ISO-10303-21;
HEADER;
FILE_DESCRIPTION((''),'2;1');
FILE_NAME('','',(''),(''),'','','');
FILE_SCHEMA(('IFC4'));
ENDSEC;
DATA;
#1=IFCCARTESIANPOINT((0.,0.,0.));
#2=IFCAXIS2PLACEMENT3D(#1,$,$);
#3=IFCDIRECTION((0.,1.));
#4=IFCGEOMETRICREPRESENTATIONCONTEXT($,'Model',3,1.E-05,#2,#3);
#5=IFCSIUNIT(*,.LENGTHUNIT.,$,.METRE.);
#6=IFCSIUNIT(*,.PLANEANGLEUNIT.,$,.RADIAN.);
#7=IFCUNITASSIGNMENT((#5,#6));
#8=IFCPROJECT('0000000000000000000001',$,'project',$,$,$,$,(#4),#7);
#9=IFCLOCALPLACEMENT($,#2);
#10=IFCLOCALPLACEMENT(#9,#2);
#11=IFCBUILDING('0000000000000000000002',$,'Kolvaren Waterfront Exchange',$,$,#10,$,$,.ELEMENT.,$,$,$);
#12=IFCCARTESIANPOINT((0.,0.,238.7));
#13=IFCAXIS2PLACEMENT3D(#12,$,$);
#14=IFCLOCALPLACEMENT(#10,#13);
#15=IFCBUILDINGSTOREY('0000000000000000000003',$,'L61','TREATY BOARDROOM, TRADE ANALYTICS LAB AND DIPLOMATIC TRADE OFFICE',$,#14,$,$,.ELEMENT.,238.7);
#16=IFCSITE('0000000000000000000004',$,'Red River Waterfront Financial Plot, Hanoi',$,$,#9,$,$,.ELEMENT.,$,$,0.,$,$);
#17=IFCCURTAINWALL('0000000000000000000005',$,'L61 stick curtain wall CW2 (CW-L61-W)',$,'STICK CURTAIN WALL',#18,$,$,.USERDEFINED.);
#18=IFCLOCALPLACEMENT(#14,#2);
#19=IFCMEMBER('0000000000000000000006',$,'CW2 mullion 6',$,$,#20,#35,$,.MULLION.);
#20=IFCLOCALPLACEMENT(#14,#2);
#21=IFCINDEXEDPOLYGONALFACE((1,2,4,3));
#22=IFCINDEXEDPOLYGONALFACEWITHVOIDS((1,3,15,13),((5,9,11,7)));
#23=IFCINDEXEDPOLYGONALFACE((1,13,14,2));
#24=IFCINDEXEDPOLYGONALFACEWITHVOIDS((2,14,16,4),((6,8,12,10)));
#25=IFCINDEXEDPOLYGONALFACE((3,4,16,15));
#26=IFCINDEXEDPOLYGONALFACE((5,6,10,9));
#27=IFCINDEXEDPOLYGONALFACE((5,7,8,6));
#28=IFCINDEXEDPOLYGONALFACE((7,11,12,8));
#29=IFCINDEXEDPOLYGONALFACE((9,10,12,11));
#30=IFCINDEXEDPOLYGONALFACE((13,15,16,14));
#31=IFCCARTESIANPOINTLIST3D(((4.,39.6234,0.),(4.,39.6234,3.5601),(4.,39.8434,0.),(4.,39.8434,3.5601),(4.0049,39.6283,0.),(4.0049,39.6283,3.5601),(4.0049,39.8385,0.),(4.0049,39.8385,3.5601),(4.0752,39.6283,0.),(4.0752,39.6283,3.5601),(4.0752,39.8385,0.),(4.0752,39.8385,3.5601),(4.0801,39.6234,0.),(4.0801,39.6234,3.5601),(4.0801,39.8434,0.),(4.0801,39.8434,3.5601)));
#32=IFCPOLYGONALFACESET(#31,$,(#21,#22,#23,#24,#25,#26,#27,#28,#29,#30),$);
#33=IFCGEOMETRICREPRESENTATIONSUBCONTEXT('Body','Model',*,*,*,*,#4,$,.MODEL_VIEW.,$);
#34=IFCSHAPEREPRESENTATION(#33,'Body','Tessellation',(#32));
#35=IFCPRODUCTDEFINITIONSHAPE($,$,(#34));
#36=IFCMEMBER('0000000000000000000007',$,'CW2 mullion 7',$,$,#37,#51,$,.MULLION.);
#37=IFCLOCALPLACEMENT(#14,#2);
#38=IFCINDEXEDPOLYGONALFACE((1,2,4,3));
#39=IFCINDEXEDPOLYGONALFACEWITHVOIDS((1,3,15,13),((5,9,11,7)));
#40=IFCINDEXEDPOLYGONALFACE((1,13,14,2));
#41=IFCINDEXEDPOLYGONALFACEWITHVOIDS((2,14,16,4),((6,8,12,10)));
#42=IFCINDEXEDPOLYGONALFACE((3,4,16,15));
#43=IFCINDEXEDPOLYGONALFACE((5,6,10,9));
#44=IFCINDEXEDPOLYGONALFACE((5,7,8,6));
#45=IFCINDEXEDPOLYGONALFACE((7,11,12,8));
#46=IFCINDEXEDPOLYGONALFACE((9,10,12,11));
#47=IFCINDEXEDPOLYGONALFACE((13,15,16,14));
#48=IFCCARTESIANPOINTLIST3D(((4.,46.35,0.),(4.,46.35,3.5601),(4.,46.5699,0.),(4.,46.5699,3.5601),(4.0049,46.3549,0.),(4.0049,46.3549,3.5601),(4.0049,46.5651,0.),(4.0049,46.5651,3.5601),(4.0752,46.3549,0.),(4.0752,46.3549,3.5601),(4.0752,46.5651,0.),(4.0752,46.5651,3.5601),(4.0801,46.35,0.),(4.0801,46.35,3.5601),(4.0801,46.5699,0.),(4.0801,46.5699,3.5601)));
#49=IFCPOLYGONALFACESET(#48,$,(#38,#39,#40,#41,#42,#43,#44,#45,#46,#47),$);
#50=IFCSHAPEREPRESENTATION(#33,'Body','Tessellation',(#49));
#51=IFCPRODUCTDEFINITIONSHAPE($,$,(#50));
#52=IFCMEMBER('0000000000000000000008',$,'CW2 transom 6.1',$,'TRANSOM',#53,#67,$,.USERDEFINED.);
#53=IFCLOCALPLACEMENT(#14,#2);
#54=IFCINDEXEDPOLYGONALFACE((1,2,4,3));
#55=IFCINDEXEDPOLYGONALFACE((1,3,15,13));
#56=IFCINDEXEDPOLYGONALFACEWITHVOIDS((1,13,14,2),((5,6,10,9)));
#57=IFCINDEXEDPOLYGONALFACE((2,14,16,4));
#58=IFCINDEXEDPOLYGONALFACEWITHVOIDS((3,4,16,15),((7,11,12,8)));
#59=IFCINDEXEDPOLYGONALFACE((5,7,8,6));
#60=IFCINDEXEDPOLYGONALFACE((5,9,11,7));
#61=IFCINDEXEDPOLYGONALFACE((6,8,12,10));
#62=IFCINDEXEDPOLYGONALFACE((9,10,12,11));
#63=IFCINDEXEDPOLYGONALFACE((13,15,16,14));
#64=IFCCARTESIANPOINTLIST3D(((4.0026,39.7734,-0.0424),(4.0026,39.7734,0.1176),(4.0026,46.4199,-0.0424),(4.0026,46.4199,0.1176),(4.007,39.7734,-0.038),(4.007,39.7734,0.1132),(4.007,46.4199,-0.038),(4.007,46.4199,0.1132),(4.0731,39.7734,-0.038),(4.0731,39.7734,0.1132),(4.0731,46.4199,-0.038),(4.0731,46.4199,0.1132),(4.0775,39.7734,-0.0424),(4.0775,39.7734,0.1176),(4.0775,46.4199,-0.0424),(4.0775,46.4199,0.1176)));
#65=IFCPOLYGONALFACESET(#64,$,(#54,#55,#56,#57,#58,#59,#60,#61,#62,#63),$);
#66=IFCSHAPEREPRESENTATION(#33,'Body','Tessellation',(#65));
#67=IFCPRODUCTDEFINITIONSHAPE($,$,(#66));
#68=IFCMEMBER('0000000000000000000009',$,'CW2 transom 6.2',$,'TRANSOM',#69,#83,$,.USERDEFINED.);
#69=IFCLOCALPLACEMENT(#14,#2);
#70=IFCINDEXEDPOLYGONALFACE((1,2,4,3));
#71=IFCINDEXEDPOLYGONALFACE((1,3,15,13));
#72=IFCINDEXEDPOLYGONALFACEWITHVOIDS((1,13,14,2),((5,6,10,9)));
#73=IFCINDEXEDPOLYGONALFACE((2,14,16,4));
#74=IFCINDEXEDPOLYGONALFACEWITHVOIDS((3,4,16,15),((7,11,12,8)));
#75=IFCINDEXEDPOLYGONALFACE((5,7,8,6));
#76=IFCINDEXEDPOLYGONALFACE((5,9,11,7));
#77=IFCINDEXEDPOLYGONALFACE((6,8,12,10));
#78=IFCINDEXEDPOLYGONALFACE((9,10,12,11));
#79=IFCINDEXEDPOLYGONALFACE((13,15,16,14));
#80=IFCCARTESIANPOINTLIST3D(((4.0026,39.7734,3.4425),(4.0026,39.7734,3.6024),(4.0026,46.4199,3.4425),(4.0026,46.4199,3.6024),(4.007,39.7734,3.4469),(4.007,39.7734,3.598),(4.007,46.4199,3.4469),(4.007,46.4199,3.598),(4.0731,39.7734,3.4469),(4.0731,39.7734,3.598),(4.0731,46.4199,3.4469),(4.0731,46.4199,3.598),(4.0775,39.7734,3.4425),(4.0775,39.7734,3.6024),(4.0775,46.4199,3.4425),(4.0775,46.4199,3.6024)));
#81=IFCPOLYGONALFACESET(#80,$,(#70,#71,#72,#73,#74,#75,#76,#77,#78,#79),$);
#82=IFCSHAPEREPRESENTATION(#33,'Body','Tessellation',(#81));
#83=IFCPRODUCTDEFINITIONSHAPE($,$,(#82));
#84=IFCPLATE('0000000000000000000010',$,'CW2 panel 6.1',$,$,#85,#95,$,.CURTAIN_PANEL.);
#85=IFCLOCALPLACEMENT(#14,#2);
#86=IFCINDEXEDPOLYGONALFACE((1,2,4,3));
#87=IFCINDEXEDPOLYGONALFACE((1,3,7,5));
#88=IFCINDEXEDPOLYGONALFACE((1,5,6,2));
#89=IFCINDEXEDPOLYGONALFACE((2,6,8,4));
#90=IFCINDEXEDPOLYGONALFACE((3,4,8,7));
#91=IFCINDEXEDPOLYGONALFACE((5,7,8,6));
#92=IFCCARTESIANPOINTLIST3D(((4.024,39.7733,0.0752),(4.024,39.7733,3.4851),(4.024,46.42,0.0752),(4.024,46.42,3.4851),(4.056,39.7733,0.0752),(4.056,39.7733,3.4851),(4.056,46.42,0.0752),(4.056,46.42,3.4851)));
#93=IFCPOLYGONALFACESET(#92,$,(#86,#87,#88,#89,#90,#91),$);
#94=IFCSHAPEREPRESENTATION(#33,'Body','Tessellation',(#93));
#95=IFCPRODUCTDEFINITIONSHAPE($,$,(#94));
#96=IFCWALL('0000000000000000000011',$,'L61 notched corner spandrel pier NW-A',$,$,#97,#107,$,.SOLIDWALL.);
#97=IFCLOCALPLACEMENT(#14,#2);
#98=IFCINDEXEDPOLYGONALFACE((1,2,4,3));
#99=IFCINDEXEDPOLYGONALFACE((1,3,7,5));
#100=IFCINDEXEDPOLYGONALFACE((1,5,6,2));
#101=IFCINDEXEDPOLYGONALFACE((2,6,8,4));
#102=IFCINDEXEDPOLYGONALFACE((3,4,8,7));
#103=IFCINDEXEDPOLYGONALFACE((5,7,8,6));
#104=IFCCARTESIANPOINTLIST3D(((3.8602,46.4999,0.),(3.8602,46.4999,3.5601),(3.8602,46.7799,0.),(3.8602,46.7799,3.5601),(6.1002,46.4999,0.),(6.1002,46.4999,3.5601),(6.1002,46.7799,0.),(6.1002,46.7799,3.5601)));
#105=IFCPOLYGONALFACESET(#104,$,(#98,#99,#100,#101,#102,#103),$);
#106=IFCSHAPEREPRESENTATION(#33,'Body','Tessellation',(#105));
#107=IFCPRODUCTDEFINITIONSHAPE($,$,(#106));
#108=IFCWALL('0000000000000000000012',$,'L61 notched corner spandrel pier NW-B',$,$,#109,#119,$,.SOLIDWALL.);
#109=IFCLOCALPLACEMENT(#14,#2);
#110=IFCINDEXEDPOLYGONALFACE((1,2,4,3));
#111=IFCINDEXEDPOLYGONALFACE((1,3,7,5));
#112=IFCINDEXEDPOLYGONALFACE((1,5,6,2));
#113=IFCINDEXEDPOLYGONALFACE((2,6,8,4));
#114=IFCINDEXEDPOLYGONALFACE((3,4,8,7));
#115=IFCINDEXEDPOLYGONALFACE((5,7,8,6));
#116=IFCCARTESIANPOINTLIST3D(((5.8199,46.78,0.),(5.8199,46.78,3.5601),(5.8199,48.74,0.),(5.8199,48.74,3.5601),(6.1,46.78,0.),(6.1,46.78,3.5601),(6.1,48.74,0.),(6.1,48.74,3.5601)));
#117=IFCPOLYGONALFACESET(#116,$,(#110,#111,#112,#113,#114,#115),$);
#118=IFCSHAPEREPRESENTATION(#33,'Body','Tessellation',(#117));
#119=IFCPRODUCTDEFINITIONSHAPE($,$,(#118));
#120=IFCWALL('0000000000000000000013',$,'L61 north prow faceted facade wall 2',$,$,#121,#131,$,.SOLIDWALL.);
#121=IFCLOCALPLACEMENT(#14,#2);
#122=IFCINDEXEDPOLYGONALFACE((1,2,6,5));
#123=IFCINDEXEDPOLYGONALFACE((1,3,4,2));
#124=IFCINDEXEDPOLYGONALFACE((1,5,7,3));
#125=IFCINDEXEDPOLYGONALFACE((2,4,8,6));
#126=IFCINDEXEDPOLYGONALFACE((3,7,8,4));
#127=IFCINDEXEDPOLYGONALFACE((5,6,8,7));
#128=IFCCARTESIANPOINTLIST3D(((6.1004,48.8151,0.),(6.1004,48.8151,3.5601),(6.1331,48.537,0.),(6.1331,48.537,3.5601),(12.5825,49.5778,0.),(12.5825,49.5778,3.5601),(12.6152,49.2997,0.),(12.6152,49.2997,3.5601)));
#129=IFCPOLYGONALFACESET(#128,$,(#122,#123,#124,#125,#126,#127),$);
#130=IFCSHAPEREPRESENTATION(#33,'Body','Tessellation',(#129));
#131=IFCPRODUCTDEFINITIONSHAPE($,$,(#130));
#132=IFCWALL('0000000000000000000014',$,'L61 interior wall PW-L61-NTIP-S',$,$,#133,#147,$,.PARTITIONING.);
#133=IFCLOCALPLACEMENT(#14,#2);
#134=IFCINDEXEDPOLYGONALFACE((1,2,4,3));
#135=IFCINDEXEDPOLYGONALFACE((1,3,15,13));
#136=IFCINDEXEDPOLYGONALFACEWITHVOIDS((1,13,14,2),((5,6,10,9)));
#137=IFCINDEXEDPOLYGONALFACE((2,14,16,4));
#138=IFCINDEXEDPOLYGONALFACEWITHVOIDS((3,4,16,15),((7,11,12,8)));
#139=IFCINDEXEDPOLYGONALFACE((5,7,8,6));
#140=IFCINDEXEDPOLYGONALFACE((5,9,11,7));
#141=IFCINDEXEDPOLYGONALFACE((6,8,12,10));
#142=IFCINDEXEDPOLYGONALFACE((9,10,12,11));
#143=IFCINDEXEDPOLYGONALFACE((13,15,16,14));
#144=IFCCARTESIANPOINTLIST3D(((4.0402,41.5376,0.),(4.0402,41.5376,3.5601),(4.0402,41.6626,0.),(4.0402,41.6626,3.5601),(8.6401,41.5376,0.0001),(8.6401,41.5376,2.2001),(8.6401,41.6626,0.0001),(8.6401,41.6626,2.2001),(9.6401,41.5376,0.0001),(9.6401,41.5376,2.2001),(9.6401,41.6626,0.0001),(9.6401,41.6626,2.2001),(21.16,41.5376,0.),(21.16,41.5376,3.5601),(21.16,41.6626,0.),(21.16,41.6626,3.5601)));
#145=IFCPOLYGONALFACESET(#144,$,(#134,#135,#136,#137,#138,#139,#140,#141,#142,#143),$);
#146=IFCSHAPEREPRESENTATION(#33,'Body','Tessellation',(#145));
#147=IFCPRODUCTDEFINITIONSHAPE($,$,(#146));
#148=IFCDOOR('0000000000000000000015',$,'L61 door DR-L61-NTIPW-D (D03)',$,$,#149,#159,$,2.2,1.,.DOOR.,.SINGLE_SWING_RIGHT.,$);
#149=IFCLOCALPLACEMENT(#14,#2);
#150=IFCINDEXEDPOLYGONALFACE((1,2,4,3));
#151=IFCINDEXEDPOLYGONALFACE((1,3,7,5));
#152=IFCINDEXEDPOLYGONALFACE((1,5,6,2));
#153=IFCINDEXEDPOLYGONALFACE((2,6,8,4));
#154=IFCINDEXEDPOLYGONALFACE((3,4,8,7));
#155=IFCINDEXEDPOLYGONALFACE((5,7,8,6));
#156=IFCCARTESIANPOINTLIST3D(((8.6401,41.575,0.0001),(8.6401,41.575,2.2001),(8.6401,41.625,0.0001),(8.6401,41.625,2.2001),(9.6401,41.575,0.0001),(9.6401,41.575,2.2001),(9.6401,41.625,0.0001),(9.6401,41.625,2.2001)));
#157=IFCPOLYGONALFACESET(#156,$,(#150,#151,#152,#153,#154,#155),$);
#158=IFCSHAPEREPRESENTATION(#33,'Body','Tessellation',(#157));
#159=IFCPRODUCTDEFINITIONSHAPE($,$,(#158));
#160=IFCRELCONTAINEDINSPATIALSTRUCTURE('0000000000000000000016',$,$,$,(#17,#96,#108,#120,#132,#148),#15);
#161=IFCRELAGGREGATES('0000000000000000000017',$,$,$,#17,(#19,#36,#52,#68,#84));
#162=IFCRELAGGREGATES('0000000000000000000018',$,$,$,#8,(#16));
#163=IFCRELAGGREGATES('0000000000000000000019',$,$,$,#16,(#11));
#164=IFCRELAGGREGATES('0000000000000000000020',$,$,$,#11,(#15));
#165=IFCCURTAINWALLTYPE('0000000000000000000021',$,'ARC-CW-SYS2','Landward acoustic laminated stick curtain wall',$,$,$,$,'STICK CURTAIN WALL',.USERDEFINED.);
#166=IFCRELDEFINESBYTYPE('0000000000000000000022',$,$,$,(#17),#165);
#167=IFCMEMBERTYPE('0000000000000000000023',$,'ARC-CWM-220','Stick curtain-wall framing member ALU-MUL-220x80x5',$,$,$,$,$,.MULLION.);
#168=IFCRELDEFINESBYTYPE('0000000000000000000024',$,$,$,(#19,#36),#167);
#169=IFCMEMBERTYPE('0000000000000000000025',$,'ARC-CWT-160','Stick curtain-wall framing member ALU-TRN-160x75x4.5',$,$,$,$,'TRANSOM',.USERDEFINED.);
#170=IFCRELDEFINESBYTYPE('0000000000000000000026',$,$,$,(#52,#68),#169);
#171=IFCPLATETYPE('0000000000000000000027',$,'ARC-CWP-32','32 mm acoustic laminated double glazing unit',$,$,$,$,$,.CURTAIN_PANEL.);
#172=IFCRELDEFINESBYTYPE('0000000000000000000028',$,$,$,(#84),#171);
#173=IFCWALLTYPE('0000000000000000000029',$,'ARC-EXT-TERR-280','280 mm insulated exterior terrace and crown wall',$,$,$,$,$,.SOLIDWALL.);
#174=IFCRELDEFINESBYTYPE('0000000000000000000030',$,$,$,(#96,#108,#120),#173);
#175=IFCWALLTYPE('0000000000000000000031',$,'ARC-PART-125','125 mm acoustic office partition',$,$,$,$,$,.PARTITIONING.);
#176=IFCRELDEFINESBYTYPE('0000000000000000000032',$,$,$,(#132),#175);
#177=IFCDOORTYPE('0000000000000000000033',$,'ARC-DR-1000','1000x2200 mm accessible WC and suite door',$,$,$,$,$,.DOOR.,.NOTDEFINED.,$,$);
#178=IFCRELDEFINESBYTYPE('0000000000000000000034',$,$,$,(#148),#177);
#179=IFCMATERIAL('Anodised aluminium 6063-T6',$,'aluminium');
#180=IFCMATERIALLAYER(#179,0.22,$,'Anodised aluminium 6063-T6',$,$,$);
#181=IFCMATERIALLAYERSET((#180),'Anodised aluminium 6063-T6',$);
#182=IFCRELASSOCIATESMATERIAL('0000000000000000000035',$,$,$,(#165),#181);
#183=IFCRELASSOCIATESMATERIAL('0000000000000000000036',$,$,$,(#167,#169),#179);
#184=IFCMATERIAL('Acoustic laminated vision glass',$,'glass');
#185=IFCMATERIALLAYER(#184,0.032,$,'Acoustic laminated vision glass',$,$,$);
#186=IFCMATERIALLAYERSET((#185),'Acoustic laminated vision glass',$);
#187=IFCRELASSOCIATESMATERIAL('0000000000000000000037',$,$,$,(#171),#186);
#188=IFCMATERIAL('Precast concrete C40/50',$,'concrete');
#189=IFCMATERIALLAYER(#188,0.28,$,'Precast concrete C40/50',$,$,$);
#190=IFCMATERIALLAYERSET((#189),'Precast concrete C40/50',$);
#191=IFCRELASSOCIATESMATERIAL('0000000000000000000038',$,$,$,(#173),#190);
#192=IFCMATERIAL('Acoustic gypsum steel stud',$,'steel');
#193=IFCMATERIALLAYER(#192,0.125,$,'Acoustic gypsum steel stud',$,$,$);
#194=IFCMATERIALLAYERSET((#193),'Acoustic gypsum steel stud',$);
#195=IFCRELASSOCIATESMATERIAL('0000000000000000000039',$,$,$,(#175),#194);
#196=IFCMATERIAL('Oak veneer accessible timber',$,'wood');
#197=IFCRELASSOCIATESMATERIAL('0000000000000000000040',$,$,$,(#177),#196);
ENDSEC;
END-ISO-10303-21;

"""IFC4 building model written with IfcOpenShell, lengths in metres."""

from ifc_helpers import new_model, si_unit, direction, frame, frame_2d, origin, origin_with_axes, origin_2d, place, context, subcontext, project, spatial, rectangle, hollow_rectangle, extrude, source, transform, mapped, material, layer, layer_set, material_profile, profile_set, type_object, element, fill, aggregate, save


model = new_model("IFC4")

# Units and contexts
model_context = context("Model", 3, precision=1e-05, world=origin(), true_north=direction((0.0, 1.0)))
body_context = subcontext(model_context, "Body", "Model", "MODEL_VIEW")
ifc_project = project(units=[si_unit("LENGTHUNIT", "METRE"), si_unit("PLANEANGLEUNIT", "RADIAN")], contexts=[model_context])

# Site, building, storey
site_placement = place(None, origin())
site = spatial("IfcSite", under=ifc_project, at=site_placement, Name="Red River Waterfront Financial Plot, Hanoi", CompositionType="ELEMENT", RefElevation=0.0)
building_placement = place(site_placement, origin())
building = spatial("IfcBuilding", under=site, at=building_placement, Name="Kolvaren Waterfront Exchange", CompositionType="ELEMENT")
storey_placement = place(building_placement, frame((0.0, 0.0, 238.7)))
storey = spatial("IfcBuildingStorey", under=building, at=storey_placement, Name="L61", Description="TREATY BOARDROOM, TRADE ANALYTICS LAB AND DIPLOMATIC TRADE OFFICE", CompositionType="ELEMENT", Elevation=238.7)

# Curtain wall, members, plate
ifc_material_1 = material(Name="Anodised aluminium 6063-T6", Category="aluminium")
ifc_layer_1 = layer(ifc_material_1, 0.22, Name="Anodised aluminium 6063-T6")
ifc_layer_set_1 = layer_set([ifc_layer_1], Name="Anodised aluminium 6063-T6")
curtain_wall_type = type_object("IfcCurtainWallType", Name="ARC-CW-SYS2", Description="Landward acoustic laminated stick curtain wall", ElementType="STICK CURTAIN WALL", PredefinedType="USERDEFINED", material=ifc_layer_set_1)
curtain_wall_placement = place(storey_placement, origin())
curtain_wall = element("IfcCurtainWall", 1, at=curtain_wall_placement, inside=storey, type_object=curtain_wall_type, Name="L61 stick curtain wall CW2 (CW-L61-W)", ObjectType="STICK CURTAIN WALL", PredefinedType="USERDEFINED")
ifc_material_profile_1 = material_profile(ifc_material_1, hollow_rectangle(XDim=0.0801, YDim=0.22, WallThickness=0.0049, at=origin_2d()), Name="ALU-MUL-220x80x5")
ifc_profile_set_1 = profile_set([ifc_material_profile_1], Name="Anodised aluminium 6063-T6")
member_type_1 = type_object("IfcMemberType", Name="ARC-CWM-220", Description="Stick curtain-wall framing member ALU-MUL-220x80x5", PredefinedType="MULLION", material=ifc_profile_set_1)
shared_shape_1 = source(origin_with_axes(), body_context, "Body", "SweptSolid", [
    extrude(hollow_rectangle(XDim=0.0801, YDim=0.22, WallThickness=0.0049, at=origin_2d()), origin(), (0.0, 0.0, 1.0), 3.5601),
])
member_1_placement = place(storey_placement, frame((4.04, 39.7334, 0.0), z_axis=(0.0, 0.0, 1.0), x_axis=(-1.0, 0.0, 0.0)))
member_1 = element("IfcMember", 2, at=member_1_placement, type_object=member_type_1, Name="CW2 mullion 6", PredefinedType="MULLION", context=body_context, shape_type="MappedRepresentation", body=[
    mapped(shared_shape_1, transform((0.0, 0.0, 0.0), x_axis=(1.0, 0.0, 0.0), y_axis=(0.0, 1.0, 0.0), z_axis=(0.0, 0.0, 1.0), scale=1.0)),
])
member_2_placement = place(storey_placement, frame((4.04, 46.46, 0.0), z_axis=(0.0, 0.0, 1.0), x_axis=(-1.0, 0.0, 0.0)))
member_2 = element("IfcMember", 3, at=member_2_placement, type_object=member_type_1, Name="CW2 mullion 7", PredefinedType="MULLION", context=body_context, shape_type="MappedRepresentation", body=[
    mapped(shared_shape_1, transform((0.0, 0.0, 0.0), x_axis=(1.0, 0.0, 0.0), y_axis=(0.0, 1.0, 0.0), z_axis=(0.0, 0.0, 1.0), scale=1.0)),
])
ifc_material_profile_2 = material_profile(ifc_material_1, hollow_rectangle(XDim=0.075, YDim=0.1599, WallThickness=0.0044, at=origin_2d()), Name="ALU-TRN-160x75x4.5")
ifc_profile_set_2 = profile_set([ifc_material_profile_2], Name="Anodised aluminium 6063-T6")
member_type_2 = type_object("IfcMemberType", Name="ARC-CWT-160", Description="Stick curtain-wall framing member ALU-TRN-160x75x4.5", ElementType="TRANSOM", PredefinedType="USERDEFINED", material=ifc_profile_set_2)
shared_shape_2 = source(origin_with_axes(), body_context, "Body", "SweptSolid", [
    extrude(hollow_rectangle(XDim=0.075, YDim=0.1599, WallThickness=0.0044, at=origin_2d()), origin(), (0.0, 0.0, 1.0), 6.6465),
])
member_3_placement = place(storey_placement, frame((4.04, 39.7734, 0.0376), z_axis=(0.0, 1.0, 0.0), x_axis=(-1.0, 0.0, 0.0)))
member_3 = element("IfcMember", 4, at=member_3_placement, type_object=member_type_2, Name="CW2 transom 6.1", ObjectType="TRANSOM", PredefinedType="USERDEFINED", context=body_context, shape_type="MappedRepresentation", body=[
    mapped(shared_shape_2, transform((0.0, 0.0, 0.0), x_axis=(1.0, 0.0, 0.0), y_axis=(0.0, 1.0, 0.0), z_axis=(0.0, 0.0, 1.0), scale=1.0)),
])
member_4_placement = place(storey_placement, frame((4.04, 39.7734, 3.5225), z_axis=(0.0, 1.0, 0.0), x_axis=(-1.0, 0.0, 0.0)))
member_4 = element("IfcMember", 5, at=member_4_placement, type_object=member_type_2, Name="CW2 transom 6.2", ObjectType="TRANSOM", PredefinedType="USERDEFINED", context=body_context, shape_type="MappedRepresentation", body=[
    mapped(shared_shape_2, transform((0.0, 0.0, 0.0), x_axis=(1.0, 0.0, 0.0), y_axis=(0.0, 1.0, 0.0), z_axis=(0.0, 0.0, 1.0), scale=1.0)),
])
ifc_material_2 = material(Name="Acoustic laminated vision glass", Category="glass")
ifc_layer_2 = layer(ifc_material_2, 0.032, Name="Acoustic laminated vision glass")
ifc_layer_set_2 = layer_set([ifc_layer_2], Name="Acoustic laminated vision glass")
plate_type = type_object("IfcPlateType", Name="ARC-CWP-32", Description="32 mm acoustic laminated double glazing unit", PredefinedType="CURTAIN_PANEL", material=ifc_layer_set_2)
shared_shape_3 = source(origin_with_axes(), body_context, "Body", "SweptSolid", [
    extrude(rectangle(XDim=6.6467, YDim=0.032, at=origin_2d()), origin(), (0.0, 0.0, 1.0), 3.4099),
])
plate_placement = place(storey_placement, frame((4.04, 43.0967, 0.0752), z_axis=(0.0, 0.0, 1.0), x_axis=(0.0, 1.0, 0.0)))
plate = element("IfcPlate", 6, at=plate_placement, type_object=plate_type, Name="CW2 panel 6.1", PredefinedType="CURTAIN_PANEL", context=body_context, shape_type="MappedRepresentation", body=[
    mapped(shared_shape_3, transform((0.0, 0.0, 0.0), x_axis=(1.0, 0.0, 0.0), y_axis=(0.0, 1.0, 0.0), z_axis=(0.0, 0.0, 1.0), scale=1.0)),
])
aggregate(curtain_wall, [member_1, member_2, member_3, member_4, plate])

# Walls
ifc_material_3 = material(Name="Precast concrete C40/50", Category="concrete")
ifc_layer_3 = layer(ifc_material_3, 0.28, Name="Precast concrete C40/50")
ifc_layer_set_3 = layer_set([ifc_layer_3], Name="Precast concrete C40/50")
wall_type_1 = type_object("IfcWallType", Name="ARC-EXT-TERR-280", Description="280 mm insulated exterior terrace and crown wall", PredefinedType="SOLIDWALL", material=ifc_layer_set_3)
wall_1_placement = place(storey_placement, frame((3.8601, 46.6399, 0.0), z_axis=(0.0, 0.0, 1.0), x_axis=(1.0, 0.0, 0.0)))
element("IfcWall", 7, at=wall_1_placement, inside=storey, type_object=wall_type_1, Name="L61 notched corner spandrel pier NW-A", PredefinedType="SOLIDWALL", context=body_context, shape_type="SweptSolid", body=[
    extrude(rectangle(XDim=2.24, YDim=0.28, at=frame_2d((1.1201, 0.0))), origin(), (0.0, 0.0, 1.0), 3.5601),
])
wall_2_placement = place(storey_placement, frame((5.96, 46.78, 0.0), z_axis=(0.0, 0.0, 1.0), x_axis=(0.0, 1.0, 0.0)))
element("IfcWall", 8, at=wall_2_placement, inside=storey, type_object=wall_type_1, Name="L61 notched corner spandrel pier NW-B", PredefinedType="SOLIDWALL", context=body_context, shape_type="SweptSolid", body=[
    extrude(rectangle(XDim=1.96, YDim=0.28, at=frame_2d((0.98, 0.0))), origin(), (0.0, 0.0, 1.0), 3.5601),
])
wall_3_placement = place(storey_placement, frame((12.5989, 49.4387, 0.0), z_axis=(0.0, 0.0, 1.0), x_axis=(-0.993149, -0.116854, 0.0)))
element("IfcWall", 9, at=wall_3_placement, inside=storey, type_object=wall_type_1, Name="L61 north prow faceted facade wall 2", PredefinedType="SOLIDWALL", context=body_context, shape_type="SweptSolid", body=[
    extrude(rectangle(XDim=6.5269, YDim=0.28, at=frame_2d((3.2634, 0.0))), origin(), (0.0, 0.0, 1.0), 3.5601),
])

# Wall, opening, door
ifc_material_4 = material(Name="Acoustic gypsum steel stud", Category="steel")
ifc_layer_4 = layer(ifc_material_4, 0.125, Name="Acoustic gypsum steel stud")
ifc_layer_set_4 = layer_set([ifc_layer_4], Name="Acoustic gypsum steel stud")
wall_type_2 = type_object("IfcWallType", Name="ARC-PART-125", Description="125 mm acoustic office partition", PredefinedType="PARTITIONING", material=ifc_layer_set_4)
wall_4_placement = place(storey_placement, frame((4.04, 41.6001, 0.0), z_axis=(0.0, 0.0, 1.0), x_axis=(1.0, 0.0, 0.0)))
wall_4 = element("IfcWall", 10, at=wall_4_placement, inside=storey, type_object=wall_type_2, Name="L61 interior wall PW-L61-NTIP-S", PredefinedType="PARTITIONING", context=body_context, shape_type="SweptSolid", body=[
    extrude(rectangle(XDim=17.1199, YDim=0.125, at=frame_2d((8.5601, 0.0))), origin(), (0.0, 0.0, 1.0), 3.5601),
])
opening_1_placement = place(wall_4_placement, frame((4.6001, 0.0, 0.0)))
opening_1 = element("IfcOpeningElement", 11, at=opening_1_placement, cuts=wall_4, PredefinedType="OPENING", context=body_context, shape_type="SweptSolid", body=[
    extrude(rectangle(XDim=1.0, YDim=2.2, at=frame_2d((0.5, 1.1001))), frame((0.0, 0.0725, 0.0), z_axis=(0.0, -1.0, 0.0), x_axis=(1.0, 0.0, 0.0)), (0.0, 0.0, 1.0), 0.145),
])
ifc_material_5 = material(Name="Oak veneer accessible timber", Category="wood")
door_type_1 = type_object("IfcDoorType", Name="ARC-DR-1000", Description="1000x2200 mm accessible WC and suite door", OperationType="NOTDEFINED", PredefinedType="DOOR", material=ifc_material_5)
door_1_placement = place(opening_1_placement, origin())
door_1 = element("IfcDoor", 12, at=door_1_placement, inside=storey, type_object=door_type_1, Name="L61 door DR-L61-NTIPW-D (D03)", OperationType="SINGLE_SWING_RIGHT", OverallHeight=2.2, OverallWidth=1.0, PredefinedType="DOOR", context=body_context, shape_type="SweptSolid", body=[
    extrude(rectangle(XDim=1.0, YDim=2.2, at=frame_2d((0.5, 1.1001))), frame((0.0, 0.0249, 0.0), z_axis=(0.0, -1.0, 0.0), x_axis=(1.0, 0.0, 0.0)), (0.0, 0.0, 1.0), 0.05),
])
fill(opening_1, door_1)

save(model, "model.ifc")
